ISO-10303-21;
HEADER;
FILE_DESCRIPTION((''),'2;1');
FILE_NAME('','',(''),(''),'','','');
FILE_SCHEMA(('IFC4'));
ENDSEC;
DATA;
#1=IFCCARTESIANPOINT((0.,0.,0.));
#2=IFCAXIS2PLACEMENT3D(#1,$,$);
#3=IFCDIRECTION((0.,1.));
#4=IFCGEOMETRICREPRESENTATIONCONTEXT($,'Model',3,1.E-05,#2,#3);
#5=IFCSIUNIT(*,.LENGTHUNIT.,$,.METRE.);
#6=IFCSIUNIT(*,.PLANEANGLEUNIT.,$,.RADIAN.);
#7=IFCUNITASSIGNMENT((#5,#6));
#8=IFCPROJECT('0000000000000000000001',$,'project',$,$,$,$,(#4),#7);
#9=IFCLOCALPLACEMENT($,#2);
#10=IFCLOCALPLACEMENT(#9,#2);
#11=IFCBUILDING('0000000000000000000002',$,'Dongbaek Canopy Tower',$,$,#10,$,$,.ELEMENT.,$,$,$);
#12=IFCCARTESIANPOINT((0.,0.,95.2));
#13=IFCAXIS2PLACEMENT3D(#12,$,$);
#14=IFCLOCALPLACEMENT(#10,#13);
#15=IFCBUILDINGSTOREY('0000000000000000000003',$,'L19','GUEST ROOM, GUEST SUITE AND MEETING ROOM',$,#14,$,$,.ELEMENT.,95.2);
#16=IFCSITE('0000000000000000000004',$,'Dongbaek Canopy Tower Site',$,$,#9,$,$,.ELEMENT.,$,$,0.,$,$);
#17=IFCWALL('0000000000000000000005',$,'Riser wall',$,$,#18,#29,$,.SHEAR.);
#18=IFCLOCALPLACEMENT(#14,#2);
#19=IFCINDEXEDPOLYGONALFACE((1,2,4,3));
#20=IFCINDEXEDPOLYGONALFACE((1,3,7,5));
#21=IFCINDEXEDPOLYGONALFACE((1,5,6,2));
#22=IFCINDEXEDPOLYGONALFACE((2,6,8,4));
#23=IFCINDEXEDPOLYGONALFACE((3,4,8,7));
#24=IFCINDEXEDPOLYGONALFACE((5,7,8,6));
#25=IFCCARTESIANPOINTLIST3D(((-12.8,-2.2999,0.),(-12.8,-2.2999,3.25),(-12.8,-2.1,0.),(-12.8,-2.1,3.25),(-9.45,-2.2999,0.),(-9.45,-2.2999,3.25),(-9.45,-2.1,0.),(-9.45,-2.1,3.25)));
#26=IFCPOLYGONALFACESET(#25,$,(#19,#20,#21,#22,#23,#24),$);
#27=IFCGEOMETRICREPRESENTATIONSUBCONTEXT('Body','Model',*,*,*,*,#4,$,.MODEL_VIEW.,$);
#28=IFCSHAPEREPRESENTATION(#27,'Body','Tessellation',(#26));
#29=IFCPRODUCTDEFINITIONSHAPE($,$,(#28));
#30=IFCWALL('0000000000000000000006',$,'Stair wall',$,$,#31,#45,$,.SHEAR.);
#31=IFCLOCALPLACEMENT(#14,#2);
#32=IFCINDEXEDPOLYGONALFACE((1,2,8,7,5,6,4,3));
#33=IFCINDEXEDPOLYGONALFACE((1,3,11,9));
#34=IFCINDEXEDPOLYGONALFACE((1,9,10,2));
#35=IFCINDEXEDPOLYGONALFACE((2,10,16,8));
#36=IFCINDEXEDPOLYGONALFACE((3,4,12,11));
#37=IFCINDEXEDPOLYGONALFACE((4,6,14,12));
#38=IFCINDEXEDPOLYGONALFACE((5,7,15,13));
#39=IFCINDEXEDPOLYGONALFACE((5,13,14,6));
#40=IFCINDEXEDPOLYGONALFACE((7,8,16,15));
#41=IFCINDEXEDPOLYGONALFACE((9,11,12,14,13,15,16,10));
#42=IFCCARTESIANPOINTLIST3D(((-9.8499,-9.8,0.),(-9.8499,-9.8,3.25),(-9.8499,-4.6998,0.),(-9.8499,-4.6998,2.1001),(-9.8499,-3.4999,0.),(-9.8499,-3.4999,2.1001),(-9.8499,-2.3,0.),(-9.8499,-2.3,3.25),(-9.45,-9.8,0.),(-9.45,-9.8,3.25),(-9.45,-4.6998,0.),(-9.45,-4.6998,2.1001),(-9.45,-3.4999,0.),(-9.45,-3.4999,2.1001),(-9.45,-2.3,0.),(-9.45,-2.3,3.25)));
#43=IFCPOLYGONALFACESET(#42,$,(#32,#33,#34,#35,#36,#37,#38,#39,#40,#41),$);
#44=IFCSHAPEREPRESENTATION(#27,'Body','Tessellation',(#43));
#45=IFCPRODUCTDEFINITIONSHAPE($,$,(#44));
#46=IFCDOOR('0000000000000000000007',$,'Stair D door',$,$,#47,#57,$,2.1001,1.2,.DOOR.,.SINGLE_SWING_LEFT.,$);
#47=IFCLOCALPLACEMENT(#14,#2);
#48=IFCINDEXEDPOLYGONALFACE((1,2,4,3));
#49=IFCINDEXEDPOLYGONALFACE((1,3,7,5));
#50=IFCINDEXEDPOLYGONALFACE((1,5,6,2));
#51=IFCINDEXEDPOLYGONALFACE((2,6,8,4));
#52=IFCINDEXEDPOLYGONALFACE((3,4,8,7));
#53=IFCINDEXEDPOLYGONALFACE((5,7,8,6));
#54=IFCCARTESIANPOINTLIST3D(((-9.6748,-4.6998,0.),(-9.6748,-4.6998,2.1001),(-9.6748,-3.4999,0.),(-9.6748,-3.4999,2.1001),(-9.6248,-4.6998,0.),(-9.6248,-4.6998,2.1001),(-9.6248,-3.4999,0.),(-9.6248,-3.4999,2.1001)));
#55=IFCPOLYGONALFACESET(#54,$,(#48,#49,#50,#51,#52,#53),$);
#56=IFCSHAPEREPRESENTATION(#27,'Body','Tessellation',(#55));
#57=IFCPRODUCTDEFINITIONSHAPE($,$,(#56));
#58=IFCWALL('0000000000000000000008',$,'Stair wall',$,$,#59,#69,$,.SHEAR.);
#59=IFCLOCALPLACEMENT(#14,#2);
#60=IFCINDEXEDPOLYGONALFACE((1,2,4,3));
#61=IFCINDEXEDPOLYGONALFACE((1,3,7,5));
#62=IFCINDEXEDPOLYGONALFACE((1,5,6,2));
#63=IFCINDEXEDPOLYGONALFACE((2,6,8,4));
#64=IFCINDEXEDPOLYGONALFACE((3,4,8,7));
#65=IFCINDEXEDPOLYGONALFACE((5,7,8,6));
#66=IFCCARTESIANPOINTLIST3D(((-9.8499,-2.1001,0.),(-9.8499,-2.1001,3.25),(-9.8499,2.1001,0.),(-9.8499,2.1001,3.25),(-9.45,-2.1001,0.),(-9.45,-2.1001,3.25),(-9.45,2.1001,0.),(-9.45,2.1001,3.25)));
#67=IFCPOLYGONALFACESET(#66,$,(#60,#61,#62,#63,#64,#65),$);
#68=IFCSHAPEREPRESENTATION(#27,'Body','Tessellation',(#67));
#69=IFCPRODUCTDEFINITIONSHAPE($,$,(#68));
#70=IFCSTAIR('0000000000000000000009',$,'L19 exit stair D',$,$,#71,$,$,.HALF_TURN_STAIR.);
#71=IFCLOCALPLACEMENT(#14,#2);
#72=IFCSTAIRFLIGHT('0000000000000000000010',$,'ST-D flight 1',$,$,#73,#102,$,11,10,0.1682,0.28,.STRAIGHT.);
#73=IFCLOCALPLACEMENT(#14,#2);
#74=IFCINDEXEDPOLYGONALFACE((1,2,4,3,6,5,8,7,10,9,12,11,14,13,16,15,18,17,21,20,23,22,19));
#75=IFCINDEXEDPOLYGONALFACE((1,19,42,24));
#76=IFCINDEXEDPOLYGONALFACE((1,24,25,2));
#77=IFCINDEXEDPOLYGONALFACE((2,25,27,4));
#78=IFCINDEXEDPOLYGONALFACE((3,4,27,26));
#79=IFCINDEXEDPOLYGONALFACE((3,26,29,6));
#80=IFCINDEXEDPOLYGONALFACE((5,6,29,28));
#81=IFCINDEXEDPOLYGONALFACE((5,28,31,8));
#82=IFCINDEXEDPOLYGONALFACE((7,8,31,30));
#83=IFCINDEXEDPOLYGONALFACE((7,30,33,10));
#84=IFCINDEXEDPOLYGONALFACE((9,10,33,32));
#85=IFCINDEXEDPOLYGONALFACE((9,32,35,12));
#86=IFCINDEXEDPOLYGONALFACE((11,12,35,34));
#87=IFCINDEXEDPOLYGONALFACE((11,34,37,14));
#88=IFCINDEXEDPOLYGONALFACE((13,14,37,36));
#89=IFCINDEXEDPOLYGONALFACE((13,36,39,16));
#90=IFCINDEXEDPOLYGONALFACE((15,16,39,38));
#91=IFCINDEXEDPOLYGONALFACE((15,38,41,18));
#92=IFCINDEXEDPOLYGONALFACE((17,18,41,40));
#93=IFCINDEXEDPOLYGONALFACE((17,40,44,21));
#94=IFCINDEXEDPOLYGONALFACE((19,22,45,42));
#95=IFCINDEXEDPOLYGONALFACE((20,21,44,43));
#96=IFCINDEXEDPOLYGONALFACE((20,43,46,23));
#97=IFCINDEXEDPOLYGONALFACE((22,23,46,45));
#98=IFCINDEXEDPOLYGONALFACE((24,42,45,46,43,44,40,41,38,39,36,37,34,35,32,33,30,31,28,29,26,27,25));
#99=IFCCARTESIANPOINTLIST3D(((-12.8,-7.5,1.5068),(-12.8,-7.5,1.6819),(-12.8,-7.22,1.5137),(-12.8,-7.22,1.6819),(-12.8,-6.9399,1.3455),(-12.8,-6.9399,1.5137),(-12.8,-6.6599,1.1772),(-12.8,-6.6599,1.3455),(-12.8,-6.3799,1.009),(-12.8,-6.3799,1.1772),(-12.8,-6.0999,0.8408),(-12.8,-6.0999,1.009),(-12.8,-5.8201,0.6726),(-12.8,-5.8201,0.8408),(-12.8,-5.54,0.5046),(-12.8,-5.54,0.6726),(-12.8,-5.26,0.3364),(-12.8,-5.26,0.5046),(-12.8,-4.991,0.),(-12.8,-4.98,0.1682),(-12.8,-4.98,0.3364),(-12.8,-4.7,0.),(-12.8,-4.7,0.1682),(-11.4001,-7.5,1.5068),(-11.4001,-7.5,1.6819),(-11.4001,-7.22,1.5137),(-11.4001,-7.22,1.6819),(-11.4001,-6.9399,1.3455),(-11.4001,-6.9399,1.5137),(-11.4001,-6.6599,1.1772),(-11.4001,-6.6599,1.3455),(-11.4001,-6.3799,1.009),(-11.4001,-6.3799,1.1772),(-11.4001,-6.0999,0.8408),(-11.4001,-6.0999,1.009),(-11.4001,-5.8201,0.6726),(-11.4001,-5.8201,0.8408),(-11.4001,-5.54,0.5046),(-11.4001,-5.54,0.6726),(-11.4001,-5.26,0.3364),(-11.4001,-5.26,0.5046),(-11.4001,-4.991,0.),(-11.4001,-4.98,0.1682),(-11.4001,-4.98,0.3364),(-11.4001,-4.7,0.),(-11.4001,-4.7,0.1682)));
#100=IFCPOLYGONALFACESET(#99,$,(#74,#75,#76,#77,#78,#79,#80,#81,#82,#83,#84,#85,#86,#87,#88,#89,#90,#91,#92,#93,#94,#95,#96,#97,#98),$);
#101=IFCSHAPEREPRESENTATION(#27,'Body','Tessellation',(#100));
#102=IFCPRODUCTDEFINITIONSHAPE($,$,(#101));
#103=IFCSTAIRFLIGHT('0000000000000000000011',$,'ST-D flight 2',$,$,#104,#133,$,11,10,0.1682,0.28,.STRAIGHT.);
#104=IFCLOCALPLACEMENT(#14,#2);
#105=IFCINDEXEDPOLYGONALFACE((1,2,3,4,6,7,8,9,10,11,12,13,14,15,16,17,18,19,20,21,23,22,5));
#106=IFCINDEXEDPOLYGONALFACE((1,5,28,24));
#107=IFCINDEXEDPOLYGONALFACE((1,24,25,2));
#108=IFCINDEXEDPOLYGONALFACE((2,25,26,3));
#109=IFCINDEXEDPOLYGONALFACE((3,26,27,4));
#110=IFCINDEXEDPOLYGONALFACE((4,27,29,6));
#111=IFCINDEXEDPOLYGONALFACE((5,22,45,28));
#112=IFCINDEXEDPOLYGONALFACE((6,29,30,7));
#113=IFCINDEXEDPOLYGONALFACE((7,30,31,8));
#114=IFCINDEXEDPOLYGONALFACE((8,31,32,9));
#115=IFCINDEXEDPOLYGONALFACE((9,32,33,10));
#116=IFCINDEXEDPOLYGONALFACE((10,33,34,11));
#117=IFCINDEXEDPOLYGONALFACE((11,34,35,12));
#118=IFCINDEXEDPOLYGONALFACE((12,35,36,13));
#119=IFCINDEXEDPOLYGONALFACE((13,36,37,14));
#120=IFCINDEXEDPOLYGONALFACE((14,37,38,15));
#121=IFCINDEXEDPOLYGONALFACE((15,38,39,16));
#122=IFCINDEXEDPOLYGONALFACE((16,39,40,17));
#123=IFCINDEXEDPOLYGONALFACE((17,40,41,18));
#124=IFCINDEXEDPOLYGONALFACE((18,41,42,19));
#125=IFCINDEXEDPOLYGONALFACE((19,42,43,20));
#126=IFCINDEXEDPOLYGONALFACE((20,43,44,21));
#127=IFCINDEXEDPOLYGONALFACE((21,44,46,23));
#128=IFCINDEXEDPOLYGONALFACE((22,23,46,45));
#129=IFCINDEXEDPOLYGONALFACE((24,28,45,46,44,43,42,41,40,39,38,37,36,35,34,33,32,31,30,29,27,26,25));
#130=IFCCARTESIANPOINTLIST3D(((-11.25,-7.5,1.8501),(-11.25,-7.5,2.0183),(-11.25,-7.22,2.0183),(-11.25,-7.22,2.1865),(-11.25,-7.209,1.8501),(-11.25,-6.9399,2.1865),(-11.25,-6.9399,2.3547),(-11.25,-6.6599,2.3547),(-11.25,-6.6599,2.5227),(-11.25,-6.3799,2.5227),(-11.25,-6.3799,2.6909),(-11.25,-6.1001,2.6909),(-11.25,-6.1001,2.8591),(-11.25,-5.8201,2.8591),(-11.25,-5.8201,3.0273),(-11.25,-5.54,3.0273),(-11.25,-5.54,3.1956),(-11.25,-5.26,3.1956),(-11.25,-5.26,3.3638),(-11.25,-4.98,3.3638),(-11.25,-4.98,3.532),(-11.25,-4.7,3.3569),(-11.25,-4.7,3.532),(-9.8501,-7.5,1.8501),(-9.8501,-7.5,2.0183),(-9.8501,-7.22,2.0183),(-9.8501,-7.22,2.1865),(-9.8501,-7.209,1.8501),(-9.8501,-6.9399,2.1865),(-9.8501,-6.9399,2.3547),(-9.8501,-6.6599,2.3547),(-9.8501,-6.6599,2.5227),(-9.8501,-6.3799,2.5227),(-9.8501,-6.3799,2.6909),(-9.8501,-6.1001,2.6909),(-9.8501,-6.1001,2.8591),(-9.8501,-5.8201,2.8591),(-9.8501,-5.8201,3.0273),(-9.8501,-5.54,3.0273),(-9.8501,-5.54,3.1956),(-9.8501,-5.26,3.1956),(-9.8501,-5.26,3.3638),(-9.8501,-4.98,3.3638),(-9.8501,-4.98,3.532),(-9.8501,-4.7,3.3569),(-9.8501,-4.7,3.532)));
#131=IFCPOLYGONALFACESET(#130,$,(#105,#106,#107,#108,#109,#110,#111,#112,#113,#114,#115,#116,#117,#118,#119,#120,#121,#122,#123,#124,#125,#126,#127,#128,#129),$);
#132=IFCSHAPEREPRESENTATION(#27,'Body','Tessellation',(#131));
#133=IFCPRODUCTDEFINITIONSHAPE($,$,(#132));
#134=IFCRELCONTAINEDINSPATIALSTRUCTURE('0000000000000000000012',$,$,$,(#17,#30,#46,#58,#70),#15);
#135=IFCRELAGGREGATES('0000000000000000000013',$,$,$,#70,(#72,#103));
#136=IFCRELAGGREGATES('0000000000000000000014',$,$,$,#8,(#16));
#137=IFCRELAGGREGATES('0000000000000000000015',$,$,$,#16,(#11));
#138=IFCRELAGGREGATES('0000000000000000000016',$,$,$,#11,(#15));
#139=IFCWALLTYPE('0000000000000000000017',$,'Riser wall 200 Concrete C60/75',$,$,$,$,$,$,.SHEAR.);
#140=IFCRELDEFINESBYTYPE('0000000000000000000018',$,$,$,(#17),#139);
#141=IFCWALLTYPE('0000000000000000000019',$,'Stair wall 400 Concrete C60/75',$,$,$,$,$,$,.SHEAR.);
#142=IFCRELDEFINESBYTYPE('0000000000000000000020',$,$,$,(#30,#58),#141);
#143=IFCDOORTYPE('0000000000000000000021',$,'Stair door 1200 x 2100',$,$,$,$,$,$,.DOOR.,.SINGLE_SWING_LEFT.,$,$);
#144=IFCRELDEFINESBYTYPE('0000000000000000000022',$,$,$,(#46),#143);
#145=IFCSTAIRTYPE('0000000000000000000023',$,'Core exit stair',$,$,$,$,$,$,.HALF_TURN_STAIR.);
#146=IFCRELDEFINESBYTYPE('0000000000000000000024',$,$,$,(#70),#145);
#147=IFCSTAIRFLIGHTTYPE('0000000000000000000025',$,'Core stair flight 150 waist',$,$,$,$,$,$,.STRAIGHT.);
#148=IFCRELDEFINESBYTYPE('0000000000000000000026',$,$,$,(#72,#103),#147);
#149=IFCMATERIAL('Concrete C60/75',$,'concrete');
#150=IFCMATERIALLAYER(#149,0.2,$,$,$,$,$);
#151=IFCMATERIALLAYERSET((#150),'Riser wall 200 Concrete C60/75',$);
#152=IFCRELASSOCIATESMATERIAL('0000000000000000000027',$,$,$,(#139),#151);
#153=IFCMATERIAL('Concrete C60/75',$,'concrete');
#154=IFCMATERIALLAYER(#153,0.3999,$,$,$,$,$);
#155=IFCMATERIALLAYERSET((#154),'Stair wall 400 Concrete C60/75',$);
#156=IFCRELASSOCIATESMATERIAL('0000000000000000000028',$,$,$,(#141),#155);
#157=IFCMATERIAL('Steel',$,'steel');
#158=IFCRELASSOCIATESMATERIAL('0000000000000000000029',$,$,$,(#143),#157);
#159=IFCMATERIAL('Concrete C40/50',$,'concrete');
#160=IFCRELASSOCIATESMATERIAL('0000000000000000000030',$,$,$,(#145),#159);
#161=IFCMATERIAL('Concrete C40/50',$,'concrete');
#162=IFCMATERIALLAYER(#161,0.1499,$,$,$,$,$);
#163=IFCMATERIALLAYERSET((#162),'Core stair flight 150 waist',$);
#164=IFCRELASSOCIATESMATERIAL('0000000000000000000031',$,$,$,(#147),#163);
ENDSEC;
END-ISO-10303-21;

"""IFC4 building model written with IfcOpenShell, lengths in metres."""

from ifc_helpers import new_model, si_unit, direction, frame, frame_2d, origin, place, context, subcontext, project, spatial, polyline, rectangle, outline, extrude, material, layer, layer_set, type_object, element, fill, aggregate, save


model = new_model("IFC4")

# Units and contexts
model_context = context("Model", 3, precision=1e-05, world=origin(), true_north=direction((0.0, 1.0)))
body_context = subcontext(model_context, "Body", "Model", "MODEL_VIEW")
ifc_project = project(units=[si_unit("LENGTHUNIT", "METRE"), si_unit("PLANEANGLEUNIT", "RADIAN")], contexts=[model_context])

# Site, building, storey
site_placement = place(None, origin())
site = spatial("IfcSite", under=ifc_project, at=site_placement, Name="Dongbaek Canopy Tower Site", CompositionType="ELEMENT", RefElevation=0.0)
building_placement = place(site_placement, origin())
building = spatial("IfcBuilding", under=site, at=building_placement, Name="Dongbaek Canopy Tower", CompositionType="ELEMENT")
storey_placement = place(building_placement, frame((0.0, 0.0, 95.2)))
storey = spatial("IfcBuildingStorey", under=building, at=storey_placement, Name="L19", Description="GUEST ROOM, GUEST SUITE AND MEETING ROOM", CompositionType="ELEMENT", Elevation=95.2)

# Wall
ifc_material_1 = material(Name="Concrete C60/75", Category="concrete")
ifc_layer_1 = layer(ifc_material_1, 0.2)
ifc_layer_set_1 = layer_set([ifc_layer_1], Name="Riser wall 200 Concrete C60/75")
wall_type_1 = type_object("IfcWallType", Name="Riser wall 200 Concrete C60/75", PredefinedType="SHEAR", material=ifc_layer_set_1)
wall_1_placement = place(storey_placement, frame((-9.45, -2.2, 0.0), z_axis=(0.0, 0.0, 1.0), x_axis=(-1.0, 0.0, 0.0)))
element("IfcWall", 1, at=wall_1_placement, inside=storey, type_object=wall_type_1, Name="Riser wall", PredefinedType="SHEAR", context=body_context, shape_type="SweptSolid", body=[
    extrude(rectangle(XDim=3.3501, YDim=0.2, at=frame_2d((1.675, 0.0))), origin(), (0.0, 0.0, 1.0), 3.25),
])

# Wall, opening, door
ifc_material_2 = material(Name="Concrete C60/75", Category="concrete")
ifc_layer_2 = layer(ifc_material_2, 0.3999)
ifc_layer_set_2 = layer_set([ifc_layer_2], Name="Stair wall 400 Concrete C60/75")
wall_type_2 = type_object("IfcWallType", Name="Stair wall 400 Concrete C60/75", PredefinedType="SHEAR", material=ifc_layer_set_2)
wall_2_placement = place(storey_placement, frame((-9.6499, -9.8, 0.0), z_axis=(0.0, 0.0, 1.0), x_axis=(0.0, 1.0, 0.0)))
wall_2 = element("IfcWall", 2, at=wall_2_placement, inside=storey, type_object=wall_type_2, Name="Stair wall", PredefinedType="SHEAR", context=body_context, shape_type="SweptSolid", body=[
    extrude(rectangle(XDim=7.5, YDim=0.3999, at=frame_2d((3.75, 0.0))), origin(), (0.0, 0.0, 1.0), 3.25),
])
opening_1_placement = place(wall_2_placement, frame((5.1001, 0.0, 0.0)))
opening_1 = element("IfcOpeningElement", 3, at=opening_1_placement, cuts=wall_2, PredefinedType="OPENING", context=body_context, shape_type="SweptSolid", body=[
    extrude(rectangle(XDim=1.2, YDim=2.1001, at=frame_2d((0.6001, 1.05))), frame((0.0, 0.21, 0.0), z_axis=(0.0, -1.0, 0.0), x_axis=(1.0, 0.0, 0.0)), (0.0, 0.0, 1.0), 0.4199),
])
ifc_material_3 = material(Name="Steel", Category="steel")
door_type_1 = type_object("IfcDoorType", Name="Stair door 1200 x 2100", OperationType="SINGLE_SWING_LEFT", PredefinedType="DOOR", material=ifc_material_3)
door_1_placement = place(opening_1_placement, origin())
door_1 = element("IfcDoor", 4, at=door_1_placement, inside=storey, type_object=door_type_1, Name="Stair D door", OperationType="SINGLE_SWING_LEFT", OverallHeight=2.1001, OverallWidth=1.2, PredefinedType="DOOR", context=body_context, shape_type="SweptSolid", body=[
    extrude(rectangle(XDim=1.2, YDim=2.1001, at=frame_2d((0.6001, 1.05))), frame((0.0, 0.0249, 0.0), z_axis=(0.0, -1.0, 0.0), x_axis=(1.0, 0.0, 0.0)), (0.0, 0.0, 1.0), 0.05),
])
fill(opening_1, door_1)

# Wall
wall_3_placement = place(storey_placement, frame((-9.6499, -2.1001, 0.0), z_axis=(0.0, 0.0, 1.0), x_axis=(0.0, 1.0, 0.0)))
element("IfcWall", 5, at=wall_3_placement, inside=storey, type_object=wall_type_2, Name="Stair wall", PredefinedType="SHEAR", context=body_context, shape_type="SweptSolid", body=[
    extrude(rectangle(XDim=4.2002, YDim=0.3999, at=frame_2d((2.1001, 0.0))), origin(), (0.0, 0.0, 1.0), 3.25),
])

# Stair, stair flights
ifc_material_4 = material(Name="Concrete C40/50", Category="concrete")
stair_type = type_object("IfcStairType", Name="Core exit stair", PredefinedType="HALF_TURN_STAIR", material=ifc_material_4)
stair_placement = place(storey_placement, origin())
stair = element("IfcStair", 6, at=stair_placement, inside=storey, type_object=stair_type, Name="L19 exit stair D", PredefinedType="HALF_TURN_STAIR")
ifc_material_5 = material(Name="Concrete C40/50", Category="concrete")
ifc_layer_3 = layer(ifc_material_5, 0.1499)
ifc_layer_set_3 = layer_set([ifc_layer_3], Name="Core stair flight 150 waist")
stair_flight_type = type_object("IfcStairFlightType", Name="Core stair flight 150 waist", PredefinedType="STRAIGHT", material=ifc_layer_set_3)
stair_flight_1_placement = place(storey_placement, frame((-12.1001, -4.7, 0.0), z_axis=(0.0, 0.0, 1.0), x_axis=(0.0, -1.0, 0.0)))
stair_flight_1 = element("IfcStairFlight", 7, at=stair_flight_1_placement, type_object=stair_flight_type, Name="ST-D flight 1", NumberOfRisers=11, NumberOfTreads=10, PredefinedType="STRAIGHT", RiserHeight=0.1682, TreadLength=0.28, context=body_context, shape_type="SweptSolid", body=[
    extrude(outline(polyline([(0.0, 0.0), (0.0, 0.1682), (0.28, 0.1682), (0.28, 0.3364), (0.5601, 0.3364), (0.5601, 0.5046), (0.8401, 0.5046), (0.8401, 0.6726), (1.1201, 0.6726), (1.1201, 0.8408), (1.3999, 0.8408), (1.3999, 1.009), (1.6799, 1.009), (1.6799, 1.1772), (1.96, 1.1772), (1.96, 1.3455), (2.24, 1.3455), (2.24, 1.5137), (2.52, 1.5137), (2.52, 1.6819), (2.8, 1.6819), (2.8, 1.8501), (2.8, 1.5068), (0.291, 0.0), (0.0, 0.0)])), frame((0.0, 0.7, 0.0), z_axis=(0.0, -1.0, 0.0), x_axis=(1.0, 0.0, 0.0)), (0.0, 0.0, 1.0), 1.3999),
])
stair_flight_2_placement = place(storey_placement, frame((-10.55, -7.5, 1.8501), z_axis=(0.0, 0.0, 1.0), x_axis=(0.0, 1.0, 0.0)))
stair_flight_2 = element("IfcStairFlight", 8, at=stair_flight_2_placement, type_object=stair_flight_type, Name="ST-D flight 2", NumberOfRisers=11, NumberOfTreads=10, PredefinedType="STRAIGHT", RiserHeight=0.1682, TreadLength=0.28, context=body_context, shape_type="SweptSolid", body=[
    extrude(outline(polyline([(0.0, 0.0), (0.0, 0.1682), (0.28, 0.1682), (0.28, 0.3364), (0.5601, 0.3364), (0.5601, 0.5046), (0.8401, 0.5046), (0.8401, 0.6726), (1.1201, 0.6726), (1.1201, 0.8408), (1.3999, 0.8408), (1.3999, 1.009), (1.6799, 1.009), (1.6799, 1.1772), (1.96, 1.1772), (1.96, 1.3455), (2.24, 1.3455), (2.24, 1.5137), (2.52, 1.5137), (2.52, 1.6819), (2.8, 1.6819), (2.8, 1.8501), (2.8, 1.5068), (0.291, 0.0), (0.0, 0.0)])), frame((0.0, 0.7, 0.0), z_axis=(0.0, -1.0, 0.0), x_axis=(1.0, 0.0, 0.0)), (0.0, 0.0, 1.0), 1.3999),
])
aggregate(stair, [stair_flight_1, stair_flight_2])

save(model, "model.ifc")
